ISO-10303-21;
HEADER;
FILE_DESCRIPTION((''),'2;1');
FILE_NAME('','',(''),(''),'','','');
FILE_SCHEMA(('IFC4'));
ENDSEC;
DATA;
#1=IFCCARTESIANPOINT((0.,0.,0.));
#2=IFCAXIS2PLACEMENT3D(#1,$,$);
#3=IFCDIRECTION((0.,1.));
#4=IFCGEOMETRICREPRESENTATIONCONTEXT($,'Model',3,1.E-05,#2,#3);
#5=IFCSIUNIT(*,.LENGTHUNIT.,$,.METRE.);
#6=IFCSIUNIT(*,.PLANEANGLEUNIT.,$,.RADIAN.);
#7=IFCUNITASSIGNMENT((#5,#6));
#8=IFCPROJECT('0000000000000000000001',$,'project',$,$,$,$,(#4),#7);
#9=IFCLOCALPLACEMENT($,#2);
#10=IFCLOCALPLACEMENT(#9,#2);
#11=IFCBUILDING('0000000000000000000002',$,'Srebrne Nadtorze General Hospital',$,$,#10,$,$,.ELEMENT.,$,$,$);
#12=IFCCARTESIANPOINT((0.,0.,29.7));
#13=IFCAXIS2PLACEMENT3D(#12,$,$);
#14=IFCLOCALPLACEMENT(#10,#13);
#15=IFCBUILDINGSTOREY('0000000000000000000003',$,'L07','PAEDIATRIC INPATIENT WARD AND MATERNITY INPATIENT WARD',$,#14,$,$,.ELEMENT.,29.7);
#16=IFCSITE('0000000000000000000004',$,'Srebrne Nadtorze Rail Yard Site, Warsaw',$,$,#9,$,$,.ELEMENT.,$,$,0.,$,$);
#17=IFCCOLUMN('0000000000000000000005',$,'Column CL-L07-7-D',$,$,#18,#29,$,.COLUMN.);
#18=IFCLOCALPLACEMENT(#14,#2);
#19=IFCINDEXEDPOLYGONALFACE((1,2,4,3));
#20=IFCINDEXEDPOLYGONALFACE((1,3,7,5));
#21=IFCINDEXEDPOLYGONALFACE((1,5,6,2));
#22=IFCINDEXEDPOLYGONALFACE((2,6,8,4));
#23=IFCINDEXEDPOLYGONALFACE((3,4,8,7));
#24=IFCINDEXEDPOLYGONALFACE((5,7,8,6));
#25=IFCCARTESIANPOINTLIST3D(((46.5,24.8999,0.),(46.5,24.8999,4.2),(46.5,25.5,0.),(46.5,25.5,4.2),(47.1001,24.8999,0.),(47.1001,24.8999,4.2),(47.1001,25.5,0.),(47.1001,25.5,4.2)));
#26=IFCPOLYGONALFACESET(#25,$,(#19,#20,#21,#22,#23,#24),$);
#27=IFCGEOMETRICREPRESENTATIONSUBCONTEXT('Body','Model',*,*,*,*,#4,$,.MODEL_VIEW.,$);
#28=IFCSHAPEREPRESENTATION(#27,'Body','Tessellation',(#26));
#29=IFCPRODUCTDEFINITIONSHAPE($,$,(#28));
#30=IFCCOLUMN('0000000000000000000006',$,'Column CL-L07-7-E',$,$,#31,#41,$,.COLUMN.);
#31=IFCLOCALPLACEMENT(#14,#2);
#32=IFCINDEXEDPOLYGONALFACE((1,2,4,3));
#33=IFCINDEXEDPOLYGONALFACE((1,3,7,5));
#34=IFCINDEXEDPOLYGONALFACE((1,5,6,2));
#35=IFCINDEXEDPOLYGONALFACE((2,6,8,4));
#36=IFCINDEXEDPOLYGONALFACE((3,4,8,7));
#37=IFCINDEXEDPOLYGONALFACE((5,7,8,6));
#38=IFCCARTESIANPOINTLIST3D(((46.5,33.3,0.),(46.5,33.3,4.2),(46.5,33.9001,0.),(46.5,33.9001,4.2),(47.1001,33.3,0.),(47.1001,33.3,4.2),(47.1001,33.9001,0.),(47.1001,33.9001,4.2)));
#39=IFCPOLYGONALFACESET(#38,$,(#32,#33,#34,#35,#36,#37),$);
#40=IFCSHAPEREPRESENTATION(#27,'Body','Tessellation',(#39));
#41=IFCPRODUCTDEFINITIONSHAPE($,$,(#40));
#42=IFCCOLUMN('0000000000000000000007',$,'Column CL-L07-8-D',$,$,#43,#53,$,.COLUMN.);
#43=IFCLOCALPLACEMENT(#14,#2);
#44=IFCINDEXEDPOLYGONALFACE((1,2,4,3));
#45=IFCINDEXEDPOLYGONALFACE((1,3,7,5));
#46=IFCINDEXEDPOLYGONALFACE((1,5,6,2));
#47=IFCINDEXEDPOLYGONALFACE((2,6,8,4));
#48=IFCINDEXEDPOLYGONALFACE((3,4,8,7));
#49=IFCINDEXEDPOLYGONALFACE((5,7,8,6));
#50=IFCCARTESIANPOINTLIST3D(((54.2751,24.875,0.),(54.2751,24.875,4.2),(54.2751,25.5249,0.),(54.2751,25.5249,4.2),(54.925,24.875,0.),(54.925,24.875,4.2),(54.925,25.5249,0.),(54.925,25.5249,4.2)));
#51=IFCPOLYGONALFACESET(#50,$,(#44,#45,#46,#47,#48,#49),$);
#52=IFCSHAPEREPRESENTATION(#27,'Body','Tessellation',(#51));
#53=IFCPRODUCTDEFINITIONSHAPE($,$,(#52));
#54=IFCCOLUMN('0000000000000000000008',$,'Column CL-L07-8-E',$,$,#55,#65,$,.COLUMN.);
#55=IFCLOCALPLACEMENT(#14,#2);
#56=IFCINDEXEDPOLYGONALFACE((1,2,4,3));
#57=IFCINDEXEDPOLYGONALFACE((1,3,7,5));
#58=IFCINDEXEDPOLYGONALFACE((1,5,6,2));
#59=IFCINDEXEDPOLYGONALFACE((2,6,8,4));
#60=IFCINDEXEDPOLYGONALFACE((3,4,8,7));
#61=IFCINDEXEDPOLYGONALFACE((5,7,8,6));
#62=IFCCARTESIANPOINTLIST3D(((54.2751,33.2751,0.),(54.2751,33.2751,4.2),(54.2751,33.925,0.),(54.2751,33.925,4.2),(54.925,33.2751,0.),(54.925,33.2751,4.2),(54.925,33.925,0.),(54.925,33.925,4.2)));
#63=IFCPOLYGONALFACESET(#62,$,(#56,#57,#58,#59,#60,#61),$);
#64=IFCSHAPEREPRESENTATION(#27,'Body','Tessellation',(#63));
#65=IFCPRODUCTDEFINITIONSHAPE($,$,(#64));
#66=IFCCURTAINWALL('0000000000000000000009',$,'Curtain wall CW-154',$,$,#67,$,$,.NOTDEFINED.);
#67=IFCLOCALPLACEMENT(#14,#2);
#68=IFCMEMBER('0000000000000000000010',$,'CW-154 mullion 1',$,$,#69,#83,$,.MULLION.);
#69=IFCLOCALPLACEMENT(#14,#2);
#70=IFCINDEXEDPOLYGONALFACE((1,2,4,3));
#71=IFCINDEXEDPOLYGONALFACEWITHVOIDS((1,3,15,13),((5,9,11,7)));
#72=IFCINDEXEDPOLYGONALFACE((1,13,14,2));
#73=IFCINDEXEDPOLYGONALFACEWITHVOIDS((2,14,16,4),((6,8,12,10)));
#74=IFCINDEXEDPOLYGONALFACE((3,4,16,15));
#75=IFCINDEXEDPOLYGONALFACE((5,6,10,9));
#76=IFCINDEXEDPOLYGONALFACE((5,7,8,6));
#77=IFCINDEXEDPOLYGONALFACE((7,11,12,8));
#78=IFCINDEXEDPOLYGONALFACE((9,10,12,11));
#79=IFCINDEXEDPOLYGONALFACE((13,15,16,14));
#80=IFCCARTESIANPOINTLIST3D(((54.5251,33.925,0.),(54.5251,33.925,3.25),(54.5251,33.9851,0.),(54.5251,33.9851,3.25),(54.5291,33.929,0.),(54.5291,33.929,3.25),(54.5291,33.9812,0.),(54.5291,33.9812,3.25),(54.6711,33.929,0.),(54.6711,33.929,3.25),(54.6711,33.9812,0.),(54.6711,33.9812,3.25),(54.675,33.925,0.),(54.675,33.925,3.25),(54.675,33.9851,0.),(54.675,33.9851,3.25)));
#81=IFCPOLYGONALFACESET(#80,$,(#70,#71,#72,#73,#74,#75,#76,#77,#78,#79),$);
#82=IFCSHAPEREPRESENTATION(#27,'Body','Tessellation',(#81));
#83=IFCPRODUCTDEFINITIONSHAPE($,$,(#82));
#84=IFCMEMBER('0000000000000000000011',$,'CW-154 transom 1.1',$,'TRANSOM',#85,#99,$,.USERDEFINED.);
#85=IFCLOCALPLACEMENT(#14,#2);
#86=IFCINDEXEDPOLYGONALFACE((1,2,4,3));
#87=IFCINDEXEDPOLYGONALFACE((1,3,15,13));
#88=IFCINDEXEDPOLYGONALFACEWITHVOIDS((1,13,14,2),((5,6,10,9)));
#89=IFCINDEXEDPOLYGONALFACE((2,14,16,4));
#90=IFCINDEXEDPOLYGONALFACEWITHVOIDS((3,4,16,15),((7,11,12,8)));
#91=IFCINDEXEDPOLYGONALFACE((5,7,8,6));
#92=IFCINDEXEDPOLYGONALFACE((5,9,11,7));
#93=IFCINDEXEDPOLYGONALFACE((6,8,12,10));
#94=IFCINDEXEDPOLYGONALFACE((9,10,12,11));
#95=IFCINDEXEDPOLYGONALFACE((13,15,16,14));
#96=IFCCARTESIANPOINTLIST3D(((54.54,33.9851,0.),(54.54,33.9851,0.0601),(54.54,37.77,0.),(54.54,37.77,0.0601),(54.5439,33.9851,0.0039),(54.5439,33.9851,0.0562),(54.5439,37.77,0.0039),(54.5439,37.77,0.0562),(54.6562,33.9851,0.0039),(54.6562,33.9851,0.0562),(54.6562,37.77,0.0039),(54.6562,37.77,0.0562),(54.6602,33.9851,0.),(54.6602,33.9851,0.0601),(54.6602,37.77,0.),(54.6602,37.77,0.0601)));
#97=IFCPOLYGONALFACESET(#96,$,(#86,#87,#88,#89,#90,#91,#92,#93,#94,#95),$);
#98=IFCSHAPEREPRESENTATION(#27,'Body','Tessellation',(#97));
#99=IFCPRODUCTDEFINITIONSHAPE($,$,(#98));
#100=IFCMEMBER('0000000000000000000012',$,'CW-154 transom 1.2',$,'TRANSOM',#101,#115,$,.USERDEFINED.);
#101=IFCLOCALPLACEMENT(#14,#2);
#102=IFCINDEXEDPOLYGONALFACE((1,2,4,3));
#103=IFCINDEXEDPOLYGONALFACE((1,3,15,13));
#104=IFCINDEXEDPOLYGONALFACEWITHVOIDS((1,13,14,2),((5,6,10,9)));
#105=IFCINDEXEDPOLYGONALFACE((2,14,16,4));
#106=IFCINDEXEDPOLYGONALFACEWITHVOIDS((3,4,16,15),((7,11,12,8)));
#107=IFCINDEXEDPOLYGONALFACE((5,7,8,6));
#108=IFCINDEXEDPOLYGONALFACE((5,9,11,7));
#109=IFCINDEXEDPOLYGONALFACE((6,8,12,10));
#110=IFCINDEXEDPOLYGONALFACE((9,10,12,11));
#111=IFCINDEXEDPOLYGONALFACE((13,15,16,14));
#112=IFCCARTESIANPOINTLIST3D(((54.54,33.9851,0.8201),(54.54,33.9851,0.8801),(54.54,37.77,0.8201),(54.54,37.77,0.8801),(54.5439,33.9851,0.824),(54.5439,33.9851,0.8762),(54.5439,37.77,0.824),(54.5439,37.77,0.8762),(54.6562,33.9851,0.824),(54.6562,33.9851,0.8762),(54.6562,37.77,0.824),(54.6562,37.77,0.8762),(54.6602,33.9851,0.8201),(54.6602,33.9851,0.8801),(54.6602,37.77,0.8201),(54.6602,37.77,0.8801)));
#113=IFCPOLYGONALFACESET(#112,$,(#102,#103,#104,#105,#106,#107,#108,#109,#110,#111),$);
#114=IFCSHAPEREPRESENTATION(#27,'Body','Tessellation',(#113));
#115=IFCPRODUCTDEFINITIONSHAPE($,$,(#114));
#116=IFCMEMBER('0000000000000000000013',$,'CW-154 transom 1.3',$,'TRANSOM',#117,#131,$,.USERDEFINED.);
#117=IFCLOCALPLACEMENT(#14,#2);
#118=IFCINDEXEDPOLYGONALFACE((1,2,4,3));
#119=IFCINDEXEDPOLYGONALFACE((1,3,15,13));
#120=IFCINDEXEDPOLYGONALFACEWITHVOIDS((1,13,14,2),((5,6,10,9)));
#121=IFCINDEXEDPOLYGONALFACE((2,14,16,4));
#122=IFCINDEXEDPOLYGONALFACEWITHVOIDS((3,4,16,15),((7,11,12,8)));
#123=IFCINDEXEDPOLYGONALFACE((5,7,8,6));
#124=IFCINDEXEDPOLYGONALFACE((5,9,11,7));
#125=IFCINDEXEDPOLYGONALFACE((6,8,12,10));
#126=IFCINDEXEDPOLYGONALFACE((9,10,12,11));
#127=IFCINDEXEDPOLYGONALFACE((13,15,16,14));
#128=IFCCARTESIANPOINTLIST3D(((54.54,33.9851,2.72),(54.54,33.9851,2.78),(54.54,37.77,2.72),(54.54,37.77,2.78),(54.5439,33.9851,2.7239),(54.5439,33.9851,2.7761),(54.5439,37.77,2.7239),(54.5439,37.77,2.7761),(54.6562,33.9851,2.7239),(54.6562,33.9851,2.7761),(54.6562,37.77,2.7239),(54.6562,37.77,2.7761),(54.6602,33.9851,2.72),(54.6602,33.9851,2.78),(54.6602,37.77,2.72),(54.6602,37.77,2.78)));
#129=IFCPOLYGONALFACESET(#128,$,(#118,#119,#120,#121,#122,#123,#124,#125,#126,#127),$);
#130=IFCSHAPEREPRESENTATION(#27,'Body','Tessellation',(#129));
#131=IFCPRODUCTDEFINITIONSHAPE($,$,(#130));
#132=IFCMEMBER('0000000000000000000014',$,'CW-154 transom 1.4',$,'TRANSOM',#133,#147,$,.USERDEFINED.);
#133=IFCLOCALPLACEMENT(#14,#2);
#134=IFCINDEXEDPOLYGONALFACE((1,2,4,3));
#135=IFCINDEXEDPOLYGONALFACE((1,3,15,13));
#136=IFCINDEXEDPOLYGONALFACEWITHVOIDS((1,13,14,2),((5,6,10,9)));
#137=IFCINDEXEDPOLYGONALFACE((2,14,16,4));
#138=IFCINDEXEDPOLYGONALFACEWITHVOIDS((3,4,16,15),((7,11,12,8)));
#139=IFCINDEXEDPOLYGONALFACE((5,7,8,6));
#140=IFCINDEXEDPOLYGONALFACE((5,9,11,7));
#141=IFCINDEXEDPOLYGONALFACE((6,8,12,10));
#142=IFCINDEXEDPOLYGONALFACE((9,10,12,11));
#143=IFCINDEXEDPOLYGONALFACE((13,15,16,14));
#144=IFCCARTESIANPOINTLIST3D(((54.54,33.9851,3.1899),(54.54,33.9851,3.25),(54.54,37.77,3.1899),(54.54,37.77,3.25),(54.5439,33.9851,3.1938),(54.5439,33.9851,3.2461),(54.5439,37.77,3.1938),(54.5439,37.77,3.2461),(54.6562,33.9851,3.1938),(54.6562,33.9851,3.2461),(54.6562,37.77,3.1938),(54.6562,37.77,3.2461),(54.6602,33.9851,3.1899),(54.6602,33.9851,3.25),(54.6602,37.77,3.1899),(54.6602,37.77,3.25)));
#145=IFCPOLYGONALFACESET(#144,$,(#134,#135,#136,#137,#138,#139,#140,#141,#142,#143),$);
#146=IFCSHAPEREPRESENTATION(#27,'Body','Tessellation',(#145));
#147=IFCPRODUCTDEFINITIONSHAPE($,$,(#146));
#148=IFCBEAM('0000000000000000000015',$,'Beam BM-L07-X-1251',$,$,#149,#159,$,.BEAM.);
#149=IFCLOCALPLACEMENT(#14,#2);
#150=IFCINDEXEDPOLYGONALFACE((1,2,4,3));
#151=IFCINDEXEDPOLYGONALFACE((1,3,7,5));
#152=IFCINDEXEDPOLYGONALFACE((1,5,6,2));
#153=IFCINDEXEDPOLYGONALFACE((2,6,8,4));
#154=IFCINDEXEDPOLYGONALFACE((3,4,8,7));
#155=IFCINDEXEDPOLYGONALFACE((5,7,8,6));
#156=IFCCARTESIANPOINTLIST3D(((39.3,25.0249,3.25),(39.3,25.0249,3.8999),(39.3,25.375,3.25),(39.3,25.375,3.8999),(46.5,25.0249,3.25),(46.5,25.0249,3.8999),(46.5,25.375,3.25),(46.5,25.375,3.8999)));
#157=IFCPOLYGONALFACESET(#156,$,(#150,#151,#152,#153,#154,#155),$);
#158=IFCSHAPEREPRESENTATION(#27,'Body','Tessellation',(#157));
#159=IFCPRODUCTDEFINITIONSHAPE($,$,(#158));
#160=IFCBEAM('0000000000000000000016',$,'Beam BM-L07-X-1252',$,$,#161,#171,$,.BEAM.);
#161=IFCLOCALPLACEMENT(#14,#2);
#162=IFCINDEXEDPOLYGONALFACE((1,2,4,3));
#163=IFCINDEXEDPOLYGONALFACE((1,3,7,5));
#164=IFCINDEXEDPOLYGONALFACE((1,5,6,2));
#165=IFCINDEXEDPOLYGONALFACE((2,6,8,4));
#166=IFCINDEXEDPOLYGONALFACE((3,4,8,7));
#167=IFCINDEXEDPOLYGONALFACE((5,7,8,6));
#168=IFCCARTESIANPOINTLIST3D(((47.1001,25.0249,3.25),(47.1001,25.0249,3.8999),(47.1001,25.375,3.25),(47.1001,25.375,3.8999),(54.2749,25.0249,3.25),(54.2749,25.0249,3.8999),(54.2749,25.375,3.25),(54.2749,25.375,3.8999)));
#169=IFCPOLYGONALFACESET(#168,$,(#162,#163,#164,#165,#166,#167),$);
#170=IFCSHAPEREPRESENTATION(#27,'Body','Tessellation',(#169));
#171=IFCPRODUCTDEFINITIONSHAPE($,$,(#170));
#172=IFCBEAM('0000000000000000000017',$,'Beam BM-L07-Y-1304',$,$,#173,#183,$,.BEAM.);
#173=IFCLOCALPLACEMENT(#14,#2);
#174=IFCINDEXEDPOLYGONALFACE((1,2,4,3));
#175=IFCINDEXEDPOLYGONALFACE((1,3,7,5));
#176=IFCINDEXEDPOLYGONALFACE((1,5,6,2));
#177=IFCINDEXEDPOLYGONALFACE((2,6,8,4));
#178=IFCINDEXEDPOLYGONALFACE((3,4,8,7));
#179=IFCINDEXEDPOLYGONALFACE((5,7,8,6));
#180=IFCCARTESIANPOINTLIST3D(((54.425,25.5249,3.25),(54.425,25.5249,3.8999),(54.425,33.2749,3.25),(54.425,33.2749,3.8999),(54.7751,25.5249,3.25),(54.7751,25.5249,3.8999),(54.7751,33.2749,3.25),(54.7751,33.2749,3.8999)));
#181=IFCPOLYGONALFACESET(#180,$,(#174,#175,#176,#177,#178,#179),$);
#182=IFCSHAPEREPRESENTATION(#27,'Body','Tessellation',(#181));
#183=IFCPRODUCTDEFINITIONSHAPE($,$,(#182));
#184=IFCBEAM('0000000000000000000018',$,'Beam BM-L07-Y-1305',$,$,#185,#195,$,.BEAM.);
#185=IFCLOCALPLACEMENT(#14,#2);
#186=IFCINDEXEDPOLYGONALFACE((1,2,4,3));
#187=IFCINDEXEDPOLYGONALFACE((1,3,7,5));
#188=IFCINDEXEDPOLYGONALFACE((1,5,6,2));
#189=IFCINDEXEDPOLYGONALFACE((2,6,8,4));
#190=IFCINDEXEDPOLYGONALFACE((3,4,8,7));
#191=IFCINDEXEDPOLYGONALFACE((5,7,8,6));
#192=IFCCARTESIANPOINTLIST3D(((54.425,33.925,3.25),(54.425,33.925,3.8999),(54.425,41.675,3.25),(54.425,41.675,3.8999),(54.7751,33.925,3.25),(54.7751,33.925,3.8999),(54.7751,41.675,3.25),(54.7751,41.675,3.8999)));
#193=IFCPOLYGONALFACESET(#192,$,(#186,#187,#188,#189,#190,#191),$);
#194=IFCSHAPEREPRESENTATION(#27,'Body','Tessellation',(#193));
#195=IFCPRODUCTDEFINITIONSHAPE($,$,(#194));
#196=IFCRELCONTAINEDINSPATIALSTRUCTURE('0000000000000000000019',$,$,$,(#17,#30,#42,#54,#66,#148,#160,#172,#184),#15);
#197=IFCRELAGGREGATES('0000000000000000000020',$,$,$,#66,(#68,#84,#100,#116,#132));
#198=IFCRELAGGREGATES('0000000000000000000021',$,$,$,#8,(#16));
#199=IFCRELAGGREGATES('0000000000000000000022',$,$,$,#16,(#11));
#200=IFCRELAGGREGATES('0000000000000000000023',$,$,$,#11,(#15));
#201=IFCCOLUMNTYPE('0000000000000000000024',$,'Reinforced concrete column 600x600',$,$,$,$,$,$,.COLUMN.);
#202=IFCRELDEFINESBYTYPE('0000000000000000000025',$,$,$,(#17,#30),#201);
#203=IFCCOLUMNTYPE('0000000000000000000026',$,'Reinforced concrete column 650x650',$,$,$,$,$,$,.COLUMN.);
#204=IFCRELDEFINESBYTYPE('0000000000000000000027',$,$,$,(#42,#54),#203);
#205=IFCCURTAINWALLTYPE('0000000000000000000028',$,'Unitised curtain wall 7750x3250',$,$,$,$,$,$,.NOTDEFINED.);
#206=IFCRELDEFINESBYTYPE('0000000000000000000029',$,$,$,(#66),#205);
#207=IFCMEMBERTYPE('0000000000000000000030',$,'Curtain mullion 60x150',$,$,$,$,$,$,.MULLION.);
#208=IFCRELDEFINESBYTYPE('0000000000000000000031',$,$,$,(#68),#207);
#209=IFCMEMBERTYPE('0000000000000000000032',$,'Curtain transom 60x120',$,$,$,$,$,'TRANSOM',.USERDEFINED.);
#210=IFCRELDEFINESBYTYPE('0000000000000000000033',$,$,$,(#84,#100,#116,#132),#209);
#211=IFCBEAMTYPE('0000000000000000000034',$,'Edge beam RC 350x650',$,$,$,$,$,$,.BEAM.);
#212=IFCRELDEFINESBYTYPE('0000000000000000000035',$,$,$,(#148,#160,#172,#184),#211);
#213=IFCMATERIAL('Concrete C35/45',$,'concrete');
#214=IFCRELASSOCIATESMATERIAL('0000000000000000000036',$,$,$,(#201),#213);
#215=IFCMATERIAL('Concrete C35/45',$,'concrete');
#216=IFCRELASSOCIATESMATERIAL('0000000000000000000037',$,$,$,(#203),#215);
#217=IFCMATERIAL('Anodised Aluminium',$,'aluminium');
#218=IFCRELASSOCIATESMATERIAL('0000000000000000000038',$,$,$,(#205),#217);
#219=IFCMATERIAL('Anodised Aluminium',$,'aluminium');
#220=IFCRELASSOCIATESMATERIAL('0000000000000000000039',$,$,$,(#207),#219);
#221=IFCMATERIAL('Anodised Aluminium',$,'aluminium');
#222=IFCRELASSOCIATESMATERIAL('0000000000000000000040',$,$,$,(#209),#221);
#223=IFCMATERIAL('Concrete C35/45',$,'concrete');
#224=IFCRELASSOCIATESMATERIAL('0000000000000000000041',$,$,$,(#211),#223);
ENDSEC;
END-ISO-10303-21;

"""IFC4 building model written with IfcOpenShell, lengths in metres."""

from ifc_helpers import new_model, si_unit, direction, frame, origin, origin_2d, place, context, subcontext, project, spatial, rectangle, hollow_rectangle, extrude, material, material_profile, profile_set, type_object, element, aggregate, save


model = new_model("IFC4")

# Units and contexts
model_context = context("Model", 3, precision=1e-05, world=origin(), true_north=direction((0.0, 1.0)))
body_context = subcontext(model_context, "Body", "Model", "MODEL_VIEW")
ifc_project = project(units=[si_unit("LENGTHUNIT", "METRE"), si_unit("PLANEANGLEUNIT", "RADIAN")], contexts=[model_context])

# Site, building, storey
site_placement = place(None, origin())
site = spatial("IfcSite", under=ifc_project, at=site_placement, Name="Srebrne Nadtorze Rail Yard Site, Warsaw", CompositionType="ELEMENT", RefElevation=0.0)
building_placement = place(site_placement, origin())
building = spatial("IfcBuilding", under=site, at=building_placement, Name="Srebrne Nadtorze General Hospital", CompositionType="ELEMENT")
storey_placement = place(building_placement, frame((0.0, 0.0, 29.7)))
storey = spatial("IfcBuildingStorey", under=building, at=storey_placement, Name="L07", Description="PAEDIATRIC INPATIENT WARD AND MATERNITY INPATIENT WARD", CompositionType="ELEMENT", Elevation=29.7)

# Columns
ifc_material_1 = material(Name="Concrete C35/45", Category="concrete")
ifc_material_profile_1 = material_profile(ifc_material_1, rectangle(XDim=0.6001, YDim=0.6001, at=origin_2d()), Name="RC-COL-600x600")
ifc_profile_set_1 = profile_set([ifc_material_profile_1], Name="Concrete C35/45")
column_type_1 = type_object("IfcColumnType", Name="Reinforced concrete column 600x600", PredefinedType="COLUMN", material=ifc_profile_set_1)
for number, where, z_axis, x_axis, name in (
    (1, (46.8, 25.2, 0.0), (0.0, 0.0, 1.0), (1.0, 0.0, 0.0), "Column CL-L07-7-D"),
    (2, (46.8, 33.6001, 0.0), (0.0, 0.0, 1.0), (1.0, 0.0, 0.0), "Column CL-L07-7-E"),
):
    element("IfcColumn", number, at=place(storey_placement, frame(where, z_axis=z_axis, x_axis=x_axis)), inside=storey, type_object=column_type_1, Name=name, PredefinedType="COLUMN", context=body_context, shape_type="SweptSolid", body=[
        extrude(rectangle(XDim=0.6001, YDim=0.6001, at=origin_2d()), origin(), (0.0, 0.0, 1.0), 4.2),
    ])
ifc_material_2 = material(Name="Concrete C35/45", Category="concrete")
ifc_material_profile_2 = material_profile(ifc_material_2, rectangle(XDim=0.6499, YDim=0.6499, at=origin_2d()), Name="RC-COL-650x650")
ifc_profile_set_2 = profile_set([ifc_material_profile_2], Name="Concrete C35/45")
column_type_2 = type_object("IfcColumnType", Name="Reinforced concrete column 650x650", PredefinedType="COLUMN", material=ifc_profile_set_2)
for number, where, z_axis, x_axis, name in (
    (3, (54.6001, 25.2, 0.0), (0.0, 0.0, 1.0), (1.0, 0.0, 0.0), "Column CL-L07-8-D"),
    (4, (54.6001, 33.6001, 0.0), (0.0, 0.0, 1.0), (1.0, 0.0, 0.0), "Column CL-L07-8-E"),
):
    element("IfcColumn", number, at=place(storey_placement, frame(where, z_axis=z_axis, x_axis=x_axis)), inside=storey, type_object=column_type_2, Name=name, PredefinedType="COLUMN", context=body_context, shape_type="SweptSolid", body=[
        extrude(rectangle(XDim=0.6499, YDim=0.6499, at=origin_2d()), origin(), (0.0, 0.0, 1.0), 4.2),
    ])

# Curtain wall, members
ifc_material_3 = material(Name="Anodised Aluminium", Category="aluminium")
curtain_wall_type = type_object("IfcCurtainWallType", Name="Unitised curtain wall 7750x3250", PredefinedType="NOTDEFINED", material=ifc_material_3)
curtain_wall_placement = place(storey_placement, origin())
curtain_wall = element("IfcCurtainWall", 5, at=curtain_wall_placement, inside=storey, type_object=curtain_wall_type, Name="Curtain wall CW-154", PredefinedType="NOTDEFINED")
ifc_material_4 = material(Name="Anodised Aluminium", Category="aluminium")
ifc_material_profile_3 = material_profile(ifc_material_4, hollow_rectangle(XDim=0.0601, YDim=0.1499, WallThickness=0.0039, at=origin_2d()), Name="AL-MUL-60x150")
ifc_profile_set_3 = profile_set([ifc_material_profile_3], Name="Anodised Aluminium")
member_type_1 = type_object("IfcMemberType", Name="Curtain mullion 60x150", PredefinedType="MULLION", material=ifc_profile_set_3)
member_1_placement = place(storey_placement, frame((54.6001, 33.9551, 0.0), z_axis=(0.0, 0.0, 1.0), x_axis=(0.0, 1.0, 0.0)))
member_1 = element("IfcMember", 6, at=member_1_placement, type_object=member_type_1, Name="CW-154 mullion 1", PredefinedType="MULLION", context=body_context, shape_type="SweptSolid", body=[
    extrude(hollow_rectangle(XDim=0.0601, YDim=0.1499, WallThickness=0.0039, at=origin_2d()), origin(), (0.0, 0.0, 1.0), 3.25),
])
ifc_material_5 = material(Name="Anodised Aluminium", Category="aluminium")
ifc_material_profile_4 = material_profile(ifc_material_5, hollow_rectangle(XDim=0.0601, YDim=0.1201, WallThickness=0.0039, at=origin_2d()), Name="AL-TRN-60x120")
ifc_profile_set_4 = profile_set([ifc_material_profile_4], Name="Anodised Aluminium")
member_type_2 = type_object("IfcMemberType", Name="Curtain transom 60x120", ElementType="TRANSOM", PredefinedType="USERDEFINED", material=ifc_profile_set_4)
member_2_placement = place(storey_placement, frame((54.6001, 33.9851, 0.03), z_axis=(0.0, 1.0, 0.0), x_axis=(0.0, 0.0, 1.0)))
member_2 = element("IfcMember", 7, at=member_2_placement, type_object=member_type_2, Name="CW-154 transom 1.1", ObjectType="TRANSOM", PredefinedType="USERDEFINED", context=body_context, shape_type="SweptSolid", body=[
    extrude(hollow_rectangle(XDim=0.0601, YDim=0.1201, WallThickness=0.0039, at=origin_2d()), origin(), (0.0, 0.0, 1.0), 3.7849),
])
member_3_placement = place(storey_placement, frame((54.6001, 33.9851, 0.8501), z_axis=(0.0, 1.0, 0.0), x_axis=(0.0, 0.0, 1.0)))
member_3 = element("IfcMember", 8, at=member_3_placement, type_object=member_type_2, Name="CW-154 transom 1.2", ObjectType="TRANSOM", PredefinedType="USERDEFINED", context=body_context, shape_type="SweptSolid", body=[
    extrude(hollow_rectangle(XDim=0.0601, YDim=0.1201, WallThickness=0.0039, at=origin_2d()), origin(), (0.0, 0.0, 1.0), 3.7849),
])
member_4_placement = place(storey_placement, frame((54.6001, 33.9851, 2.75), z_axis=(0.0, 1.0, 0.0), x_axis=(0.0, 0.0, 1.0)))
member_4 = element("IfcMember", 9, at=member_4_placement, type_object=member_type_2, Name="CW-154 transom 1.3", ObjectType="TRANSOM", PredefinedType="USERDEFINED", context=body_context, shape_type="SweptSolid", body=[
    extrude(hollow_rectangle(XDim=0.0601, YDim=0.1201, WallThickness=0.0039, at=origin_2d()), origin(), (0.0, 0.0, 1.0), 3.7849),
])
member_5_placement = place(storey_placement, frame((54.6001, 33.9851, 3.22), z_axis=(0.0, 1.0, 0.0), x_axis=(0.0, 0.0, 1.0)))
member_5 = element("IfcMember", 10, at=member_5_placement, type_object=member_type_2, Name="CW-154 transom 1.4", ObjectType="TRANSOM", PredefinedType="USERDEFINED", context=body_context, shape_type="SweptSolid", body=[
    extrude(hollow_rectangle(XDim=0.0601, YDim=0.1201, WallThickness=0.0039, at=origin_2d()), origin(), (0.0, 0.0, 1.0), 3.7849),
])

# Beams
ifc_material_6 = material(Name="Concrete C35/45", Category="concrete")
ifc_material_profile_5 = material_profile(ifc_material_6, rectangle(XDim=0.3501, YDim=0.6499, at=origin_2d()), Name="RC-BM-350x650")
ifc_profile_set_5 = profile_set([ifc_material_profile_5], Name="Concrete C35/45")
beam_type = type_object("IfcBeamType", Name="Edge beam RC 350x650", PredefinedType="BEAM", material=ifc_profile_set_5)
beam_1_placement = place(storey_placement, frame((39.3, 25.2, 3.575), z_axis=(1.0, 0.0, 0.0), x_axis=(0.0, 1.0, 0.0)))
element("IfcBeam", 11, at=beam_1_placement, inside=storey, type_object=beam_type, Name="Beam BM-L07-X-1251", PredefinedType="BEAM", context=body_context, shape_type="SweptSolid", body=[
    extrude(rectangle(XDim=0.3501, YDim=0.6499, at=origin_2d()), origin(), (0.0, 0.0, 1.0), 7.2),
])
beam_2_placement = place(storey_placement, frame((47.1001, 25.2, 3.575), z_axis=(1.0, 0.0, 0.0), x_axis=(0.0, 1.0, 0.0)))
element("IfcBeam", 12, at=beam_2_placement, inside=storey, type_object=beam_type, Name="Beam BM-L07-X-1252", PredefinedType="BEAM", context=body_context, shape_type="SweptSolid", body=[
    extrude(rectangle(XDim=0.3501, YDim=0.6499, at=origin_2d()), origin(), (0.0, 0.0, 1.0), 7.1748),
])
for number, where, z_axis, x_axis, name in (
    (13, (54.6001, 25.5249, 3.575), (0.0, 1.0, 0.0), (-1.0, 0.0, 0.0), "Beam BM-L07-Y-1304"),
    (14, (54.6001, 33.925, 3.575), (0.0, 1.0, 0.0), (-1.0, 0.0, 0.0), "Beam BM-L07-Y-1305"),
):
    element("IfcBeam", number, at=place(storey_placement, frame(where, z_axis=z_axis, x_axis=x_axis)), inside=storey, type_object=beam_type, Name=name, PredefinedType="BEAM", context=body_context, shape_type="SweptSolid", body=[
        extrude(rectangle(XDim=0.3501, YDim=0.6499, at=origin_2d()), origin(), (0.0, 0.0, 1.0), 7.75),
    ])

aggregate(curtain_wall, [member_1, member_2, member_3, member_4, member_5])

save(model, "model.ifc")
